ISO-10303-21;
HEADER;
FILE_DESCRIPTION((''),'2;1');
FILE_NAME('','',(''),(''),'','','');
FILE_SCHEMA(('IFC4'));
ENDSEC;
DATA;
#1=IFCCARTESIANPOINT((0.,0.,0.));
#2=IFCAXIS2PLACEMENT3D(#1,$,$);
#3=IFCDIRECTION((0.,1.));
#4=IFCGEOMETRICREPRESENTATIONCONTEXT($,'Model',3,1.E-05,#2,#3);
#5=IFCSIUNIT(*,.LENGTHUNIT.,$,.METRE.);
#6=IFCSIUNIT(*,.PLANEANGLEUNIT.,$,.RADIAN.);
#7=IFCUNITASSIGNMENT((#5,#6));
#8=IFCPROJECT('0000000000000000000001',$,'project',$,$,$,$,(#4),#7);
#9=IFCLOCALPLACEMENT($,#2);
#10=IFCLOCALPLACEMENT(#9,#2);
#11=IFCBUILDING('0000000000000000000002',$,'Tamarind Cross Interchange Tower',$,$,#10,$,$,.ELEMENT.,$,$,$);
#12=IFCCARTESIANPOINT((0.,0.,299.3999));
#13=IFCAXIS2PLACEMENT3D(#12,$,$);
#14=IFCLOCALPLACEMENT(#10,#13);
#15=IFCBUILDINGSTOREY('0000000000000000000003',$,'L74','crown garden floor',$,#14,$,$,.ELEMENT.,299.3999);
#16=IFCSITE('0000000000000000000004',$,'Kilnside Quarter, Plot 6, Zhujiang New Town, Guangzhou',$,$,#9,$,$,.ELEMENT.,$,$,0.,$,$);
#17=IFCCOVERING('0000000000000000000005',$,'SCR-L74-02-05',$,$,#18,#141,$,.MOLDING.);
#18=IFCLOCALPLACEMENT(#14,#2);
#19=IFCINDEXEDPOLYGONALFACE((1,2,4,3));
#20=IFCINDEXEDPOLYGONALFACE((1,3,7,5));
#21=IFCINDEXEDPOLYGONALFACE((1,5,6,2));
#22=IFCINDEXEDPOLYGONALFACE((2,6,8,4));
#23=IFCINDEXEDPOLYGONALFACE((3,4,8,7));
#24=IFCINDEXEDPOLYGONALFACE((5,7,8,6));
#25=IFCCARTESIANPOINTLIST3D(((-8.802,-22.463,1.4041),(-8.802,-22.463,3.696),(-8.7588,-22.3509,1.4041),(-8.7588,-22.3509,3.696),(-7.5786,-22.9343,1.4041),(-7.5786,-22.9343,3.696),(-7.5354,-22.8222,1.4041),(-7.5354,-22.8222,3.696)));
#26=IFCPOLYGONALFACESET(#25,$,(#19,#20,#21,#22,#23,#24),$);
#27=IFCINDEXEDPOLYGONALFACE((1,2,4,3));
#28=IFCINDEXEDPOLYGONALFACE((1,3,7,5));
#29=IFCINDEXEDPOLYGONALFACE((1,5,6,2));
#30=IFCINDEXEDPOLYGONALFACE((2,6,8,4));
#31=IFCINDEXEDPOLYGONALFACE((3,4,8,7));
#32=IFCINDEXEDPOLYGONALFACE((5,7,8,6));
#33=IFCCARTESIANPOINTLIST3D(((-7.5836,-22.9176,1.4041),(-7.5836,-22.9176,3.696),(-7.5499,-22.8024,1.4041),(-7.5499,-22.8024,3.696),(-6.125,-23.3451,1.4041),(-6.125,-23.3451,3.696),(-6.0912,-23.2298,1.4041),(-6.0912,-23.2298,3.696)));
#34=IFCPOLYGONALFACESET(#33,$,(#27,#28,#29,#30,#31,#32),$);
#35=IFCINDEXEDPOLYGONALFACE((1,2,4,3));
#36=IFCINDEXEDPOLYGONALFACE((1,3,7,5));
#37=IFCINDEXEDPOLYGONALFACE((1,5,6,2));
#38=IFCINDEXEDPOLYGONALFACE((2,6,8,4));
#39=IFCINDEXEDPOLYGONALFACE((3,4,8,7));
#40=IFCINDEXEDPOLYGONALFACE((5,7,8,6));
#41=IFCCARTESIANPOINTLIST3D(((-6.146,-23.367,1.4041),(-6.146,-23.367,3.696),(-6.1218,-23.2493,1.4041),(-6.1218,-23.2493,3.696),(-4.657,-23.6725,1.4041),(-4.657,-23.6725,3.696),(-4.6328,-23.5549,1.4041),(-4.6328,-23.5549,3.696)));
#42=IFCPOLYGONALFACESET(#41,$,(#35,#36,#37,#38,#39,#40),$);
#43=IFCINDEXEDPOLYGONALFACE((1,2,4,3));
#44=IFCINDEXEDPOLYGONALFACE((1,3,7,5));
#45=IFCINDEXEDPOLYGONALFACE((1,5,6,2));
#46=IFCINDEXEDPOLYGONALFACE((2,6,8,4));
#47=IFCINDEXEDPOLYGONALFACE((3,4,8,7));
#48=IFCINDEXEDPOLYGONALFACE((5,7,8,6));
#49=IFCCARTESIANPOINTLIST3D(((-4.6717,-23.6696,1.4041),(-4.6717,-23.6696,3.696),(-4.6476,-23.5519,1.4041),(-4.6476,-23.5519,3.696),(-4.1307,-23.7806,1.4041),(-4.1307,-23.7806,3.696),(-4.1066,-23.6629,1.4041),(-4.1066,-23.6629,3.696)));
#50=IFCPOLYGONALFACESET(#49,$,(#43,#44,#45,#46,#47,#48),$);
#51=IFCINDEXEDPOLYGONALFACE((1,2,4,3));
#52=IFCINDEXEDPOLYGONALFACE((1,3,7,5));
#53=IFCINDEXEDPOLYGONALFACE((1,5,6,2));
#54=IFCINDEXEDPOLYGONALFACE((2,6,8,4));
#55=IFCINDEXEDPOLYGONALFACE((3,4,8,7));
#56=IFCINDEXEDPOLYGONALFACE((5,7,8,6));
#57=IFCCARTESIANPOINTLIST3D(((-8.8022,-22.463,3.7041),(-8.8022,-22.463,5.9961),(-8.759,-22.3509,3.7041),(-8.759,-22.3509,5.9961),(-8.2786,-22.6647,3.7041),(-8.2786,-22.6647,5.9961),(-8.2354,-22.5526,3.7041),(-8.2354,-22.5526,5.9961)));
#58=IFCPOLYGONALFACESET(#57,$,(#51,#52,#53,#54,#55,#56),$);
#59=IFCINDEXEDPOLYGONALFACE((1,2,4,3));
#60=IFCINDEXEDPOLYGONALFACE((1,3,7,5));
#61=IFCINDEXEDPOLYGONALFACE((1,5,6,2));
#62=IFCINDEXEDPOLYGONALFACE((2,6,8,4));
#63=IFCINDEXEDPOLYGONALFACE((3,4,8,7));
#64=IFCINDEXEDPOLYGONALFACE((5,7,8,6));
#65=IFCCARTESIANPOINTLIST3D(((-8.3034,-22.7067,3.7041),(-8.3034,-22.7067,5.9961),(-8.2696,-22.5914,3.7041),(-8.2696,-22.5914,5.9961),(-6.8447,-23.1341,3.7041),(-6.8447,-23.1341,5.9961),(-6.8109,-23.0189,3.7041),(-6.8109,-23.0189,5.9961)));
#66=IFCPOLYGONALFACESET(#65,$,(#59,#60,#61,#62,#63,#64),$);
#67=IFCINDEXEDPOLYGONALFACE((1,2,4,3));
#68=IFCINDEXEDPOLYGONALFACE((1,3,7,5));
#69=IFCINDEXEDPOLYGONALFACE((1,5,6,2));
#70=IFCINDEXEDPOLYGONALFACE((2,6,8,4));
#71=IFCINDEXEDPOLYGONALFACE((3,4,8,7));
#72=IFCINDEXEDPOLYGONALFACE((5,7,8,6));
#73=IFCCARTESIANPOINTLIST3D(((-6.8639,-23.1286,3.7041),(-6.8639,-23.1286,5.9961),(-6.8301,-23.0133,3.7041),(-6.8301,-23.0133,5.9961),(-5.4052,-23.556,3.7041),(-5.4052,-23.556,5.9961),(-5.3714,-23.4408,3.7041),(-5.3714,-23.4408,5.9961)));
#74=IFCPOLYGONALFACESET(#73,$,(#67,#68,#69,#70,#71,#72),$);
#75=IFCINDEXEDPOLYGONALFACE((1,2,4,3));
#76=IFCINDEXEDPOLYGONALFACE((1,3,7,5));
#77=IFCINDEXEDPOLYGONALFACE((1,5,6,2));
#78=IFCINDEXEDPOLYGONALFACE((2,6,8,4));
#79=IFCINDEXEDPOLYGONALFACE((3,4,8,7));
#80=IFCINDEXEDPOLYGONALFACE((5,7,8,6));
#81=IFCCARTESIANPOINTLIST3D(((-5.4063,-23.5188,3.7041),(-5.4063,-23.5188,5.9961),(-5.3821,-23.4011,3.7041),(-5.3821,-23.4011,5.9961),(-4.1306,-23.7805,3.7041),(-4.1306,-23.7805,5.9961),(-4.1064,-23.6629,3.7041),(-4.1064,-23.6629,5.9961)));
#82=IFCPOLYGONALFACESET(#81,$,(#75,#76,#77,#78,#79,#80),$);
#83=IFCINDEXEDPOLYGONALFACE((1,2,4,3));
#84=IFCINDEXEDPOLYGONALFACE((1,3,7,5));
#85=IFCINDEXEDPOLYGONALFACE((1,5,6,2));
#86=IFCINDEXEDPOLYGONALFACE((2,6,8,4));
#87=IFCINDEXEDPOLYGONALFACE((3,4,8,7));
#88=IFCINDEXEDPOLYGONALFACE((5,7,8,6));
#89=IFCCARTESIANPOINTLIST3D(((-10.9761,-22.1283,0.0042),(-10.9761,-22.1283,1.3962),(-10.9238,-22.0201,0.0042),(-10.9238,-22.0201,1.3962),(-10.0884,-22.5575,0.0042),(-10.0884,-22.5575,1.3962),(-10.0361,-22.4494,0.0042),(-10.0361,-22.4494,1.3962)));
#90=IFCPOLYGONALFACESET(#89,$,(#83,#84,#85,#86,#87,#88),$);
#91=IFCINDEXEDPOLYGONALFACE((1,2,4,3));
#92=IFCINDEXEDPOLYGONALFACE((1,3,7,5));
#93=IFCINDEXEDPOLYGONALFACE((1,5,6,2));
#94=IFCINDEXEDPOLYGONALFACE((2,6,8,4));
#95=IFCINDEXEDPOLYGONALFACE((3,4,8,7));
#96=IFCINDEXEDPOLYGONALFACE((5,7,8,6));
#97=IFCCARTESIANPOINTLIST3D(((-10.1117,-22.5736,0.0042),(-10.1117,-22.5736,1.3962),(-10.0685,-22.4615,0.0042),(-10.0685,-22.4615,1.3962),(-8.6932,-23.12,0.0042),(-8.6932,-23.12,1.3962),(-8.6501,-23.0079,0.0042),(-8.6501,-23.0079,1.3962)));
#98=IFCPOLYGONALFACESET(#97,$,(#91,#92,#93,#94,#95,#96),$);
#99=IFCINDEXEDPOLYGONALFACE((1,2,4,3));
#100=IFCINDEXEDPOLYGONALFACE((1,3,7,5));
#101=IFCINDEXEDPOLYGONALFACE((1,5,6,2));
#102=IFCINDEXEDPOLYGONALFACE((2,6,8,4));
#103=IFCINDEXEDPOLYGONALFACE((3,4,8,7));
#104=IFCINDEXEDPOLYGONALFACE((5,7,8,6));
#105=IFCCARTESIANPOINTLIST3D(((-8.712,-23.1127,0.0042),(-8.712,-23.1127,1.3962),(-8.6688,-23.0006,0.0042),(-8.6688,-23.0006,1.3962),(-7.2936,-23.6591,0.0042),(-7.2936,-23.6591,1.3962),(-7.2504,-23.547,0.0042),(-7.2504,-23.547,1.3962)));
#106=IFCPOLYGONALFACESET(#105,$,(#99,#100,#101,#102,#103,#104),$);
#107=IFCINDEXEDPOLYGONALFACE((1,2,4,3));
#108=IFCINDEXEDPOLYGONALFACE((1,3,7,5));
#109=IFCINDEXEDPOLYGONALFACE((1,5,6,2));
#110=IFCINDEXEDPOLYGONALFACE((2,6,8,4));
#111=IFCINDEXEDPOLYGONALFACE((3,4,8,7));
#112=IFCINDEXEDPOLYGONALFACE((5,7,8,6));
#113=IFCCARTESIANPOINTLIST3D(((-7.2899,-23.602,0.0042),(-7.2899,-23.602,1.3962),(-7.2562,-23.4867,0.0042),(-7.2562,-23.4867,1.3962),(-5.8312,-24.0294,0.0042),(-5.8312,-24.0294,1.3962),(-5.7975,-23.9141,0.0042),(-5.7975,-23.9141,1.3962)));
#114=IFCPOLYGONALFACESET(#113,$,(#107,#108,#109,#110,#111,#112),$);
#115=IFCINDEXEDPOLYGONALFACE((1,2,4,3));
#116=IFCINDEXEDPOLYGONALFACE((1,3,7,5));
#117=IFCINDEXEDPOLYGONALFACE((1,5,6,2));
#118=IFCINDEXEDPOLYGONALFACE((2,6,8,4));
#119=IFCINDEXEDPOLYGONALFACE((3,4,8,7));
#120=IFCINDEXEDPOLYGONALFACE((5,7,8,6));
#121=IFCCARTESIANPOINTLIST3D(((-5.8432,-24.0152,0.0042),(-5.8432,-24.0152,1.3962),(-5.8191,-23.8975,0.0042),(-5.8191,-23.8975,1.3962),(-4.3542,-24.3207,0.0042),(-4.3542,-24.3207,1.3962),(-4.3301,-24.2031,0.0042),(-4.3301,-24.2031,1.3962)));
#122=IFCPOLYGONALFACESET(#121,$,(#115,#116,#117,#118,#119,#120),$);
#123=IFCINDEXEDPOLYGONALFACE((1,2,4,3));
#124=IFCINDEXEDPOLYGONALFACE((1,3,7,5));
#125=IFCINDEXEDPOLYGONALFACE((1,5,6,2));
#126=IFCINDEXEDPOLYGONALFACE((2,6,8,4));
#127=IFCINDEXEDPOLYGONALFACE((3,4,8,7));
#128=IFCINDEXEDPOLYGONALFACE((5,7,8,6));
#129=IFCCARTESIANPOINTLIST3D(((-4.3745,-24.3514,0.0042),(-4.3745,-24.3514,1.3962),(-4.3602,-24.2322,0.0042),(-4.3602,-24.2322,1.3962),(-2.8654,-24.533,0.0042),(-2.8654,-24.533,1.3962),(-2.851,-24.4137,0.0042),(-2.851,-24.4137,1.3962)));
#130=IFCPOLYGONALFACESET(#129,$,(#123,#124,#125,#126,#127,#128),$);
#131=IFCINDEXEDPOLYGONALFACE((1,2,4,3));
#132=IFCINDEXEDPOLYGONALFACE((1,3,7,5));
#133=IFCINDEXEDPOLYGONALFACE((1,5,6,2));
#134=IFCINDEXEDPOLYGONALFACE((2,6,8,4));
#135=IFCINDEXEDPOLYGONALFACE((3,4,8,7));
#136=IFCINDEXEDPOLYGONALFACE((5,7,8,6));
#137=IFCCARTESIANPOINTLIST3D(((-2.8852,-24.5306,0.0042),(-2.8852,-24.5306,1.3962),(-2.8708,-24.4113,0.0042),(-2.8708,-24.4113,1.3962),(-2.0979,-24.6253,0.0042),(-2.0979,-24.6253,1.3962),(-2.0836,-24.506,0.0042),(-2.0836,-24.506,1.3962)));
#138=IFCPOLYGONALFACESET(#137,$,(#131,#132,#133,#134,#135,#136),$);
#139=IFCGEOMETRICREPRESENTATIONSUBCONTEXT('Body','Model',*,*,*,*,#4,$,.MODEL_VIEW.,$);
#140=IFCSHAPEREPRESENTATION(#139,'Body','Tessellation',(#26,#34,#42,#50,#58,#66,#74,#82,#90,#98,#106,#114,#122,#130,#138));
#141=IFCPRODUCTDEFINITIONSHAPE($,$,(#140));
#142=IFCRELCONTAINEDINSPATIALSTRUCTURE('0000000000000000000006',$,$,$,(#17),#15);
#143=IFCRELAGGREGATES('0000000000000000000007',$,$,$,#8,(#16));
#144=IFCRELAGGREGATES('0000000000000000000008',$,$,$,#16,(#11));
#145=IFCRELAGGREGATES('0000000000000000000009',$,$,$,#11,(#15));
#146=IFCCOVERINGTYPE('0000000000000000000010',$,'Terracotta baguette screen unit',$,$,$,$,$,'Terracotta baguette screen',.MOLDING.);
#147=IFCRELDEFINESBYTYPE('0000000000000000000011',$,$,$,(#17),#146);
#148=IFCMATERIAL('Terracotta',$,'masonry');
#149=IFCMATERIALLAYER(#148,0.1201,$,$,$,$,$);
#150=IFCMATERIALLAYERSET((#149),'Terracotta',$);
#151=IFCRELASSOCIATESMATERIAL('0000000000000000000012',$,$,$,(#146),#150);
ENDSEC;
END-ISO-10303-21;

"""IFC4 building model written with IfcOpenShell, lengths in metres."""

from ifc_helpers import new_model, si_unit, direction, frame, origin, origin_2d, place, context, subcontext, project, spatial, rectangle, extrude, material, layer, layer_set, type_object, element, save


model = new_model("IFC4")

# Units and contexts
model_context = context("Model", 3, precision=1e-05, world=origin(), true_north=direction((0.0, 1.0)))
body_context = subcontext(model_context, "Body", "Model", "MODEL_VIEW")
ifc_project = project(units=[si_unit("LENGTHUNIT", "METRE"), si_unit("PLANEANGLEUNIT", "RADIAN")], contexts=[model_context])

# Site, building, storey
site_placement = place(None, origin())
site = spatial("IfcSite", under=ifc_project, at=site_placement, Name="Kilnside Quarter, Plot 6, Zhujiang New Town, Guangzhou", CompositionType="ELEMENT", RefElevation=0.0)
building_placement = place(site_placement, origin())
building = spatial("IfcBuilding", under=site, at=building_placement, Name="Tamarind Cross Interchange Tower", CompositionType="ELEMENT")
storey_placement = place(building_placement, frame((0.0, 0.0, 299.3999)))
storey = spatial("IfcBuildingStorey", under=building, at=storey_placement, Name="L74", Description="crown garden floor", CompositionType="ELEMENT", Elevation=299.3999)

# Covering
ifc_material_1 = material(Name="Terracotta", Category="masonry")
ifc_layer_1 = layer(ifc_material_1, 0.1201)
ifc_layer_set_1 = layer_set([ifc_layer_1], Name="Terracotta")
covering_type = type_object("IfcCoveringType", Name="Terracotta baguette screen unit", ElementType="Terracotta baguette screen", PredefinedType="MOLDING", material=ifc_layer_set_1)
covering_1_placement = place(storey_placement, origin())
element("IfcCovering", 1, at=covering_1_placement, inside=storey, type_object=covering_type, Name="SCR-L74-02-05", PredefinedType="MOLDING", context=body_context, shape_type="SweptSolid", body=[
    extrude(rectangle(XDim=1.311, YDim=0.1201, at=origin_2d()), frame((-8.1687, -22.6426, 1.4041), z_axis=(0.0, 0.0, 1.0), x_axis=(0.933147, -0.359495, 0.0)), (0.0, 0.0, 1.0), 2.292),
    extrude(rectangle(XDim=1.52, YDim=0.1201, at=origin_2d()), frame((-6.8374, -23.0737, 1.4041), z_axis=(0.0, 0.0, 1.0), x_axis=(0.959647, -0.281209, 0.0)), (0.0, 0.0, 1.0), 2.292),
    extrude(rectangle(XDim=1.52, YDim=0.1201, at=origin_2d()), frame((-5.3894, -23.4609, 1.4041), z_axis=(0.0, 0.0, 1.0), x_axis=(0.979591, -0.201001, 0.0)), (0.0, 0.0, 1.0), 2.292),
    extrude(rectangle(XDim=0.5522, YDim=0.1201, at=origin_2d()), frame((-4.3892, -23.6663, 1.4041), z_axis=(0.0, 0.0, 1.0), x_axis=(0.979591, -0.201001, 0.0)), (0.0, 0.0, 1.0), 2.292),
    extrude(rectangle(XDim=0.561, YDim=0.1201, at=origin_2d()), frame((-8.5188, -22.5078, 3.7041), z_axis=(0.0, 0.0, 1.0), x_axis=(0.933147, -0.359495, 0.0)), (0.0, 0.0, 1.0), 2.292),
    extrude(rectangle(XDim=1.52, YDim=0.1201, at=origin_2d()), frame((-7.5571, -22.8628, 3.7041), z_axis=(0.0, 0.0, 1.0), x_axis=(0.959647, -0.281209, 0.0)), (0.0, 0.0, 1.0), 2.292),
    extrude(rectangle(XDim=1.52, YDim=0.1201, at=origin_2d()), frame((-6.1177, -23.2847, 3.7041), z_axis=(0.0, 0.0, 1.0), x_axis=(0.959647, -0.281209, 0.0)), (0.0, 0.0, 1.0), 2.292),
    extrude(rectangle(XDim=1.3022, YDim=0.1201, at=origin_2d()), frame((-4.7563, -23.5908, 3.7041), z_axis=(0.0, 0.0, 1.0), x_axis=(0.979591, -0.201001, 0.0)), (0.0, 0.0, 1.0), 2.292),
    extrude(rectangle(XDim=0.9861, YDim=0.1201, at=origin_2d()), frame((-10.5061, -22.2888, 0.0042), z_axis=(0.0, 0.0, 1.0), x_axis=(0.900273, -0.435326, 0.0)), (0.0, 0.0, 1.0), 1.3921),
    extrude(rectangle(XDim=1.52, YDim=0.1201, at=origin_2d()), frame((-9.3809, -22.7908, 0.0042), z_axis=(0.0, 0.0, 1.0), x_axis=(0.933147, -0.359495, 0.0)), (0.0, 0.0, 1.0), 1.3921),
    extrude(rectangle(XDim=1.52, YDim=0.1201, at=origin_2d()), frame((-7.9812, -23.3298, 0.0042), z_axis=(0.0, 0.0, 1.0), x_axis=(0.933147, -0.359495, 0.0)), (0.0, 0.0, 1.0), 1.3921),
    extrude(rectangle(XDim=1.52, YDim=0.1201, at=origin_2d()), frame((-6.5437, -23.7581, 0.0042), z_axis=(0.0, 0.0, 1.0), x_axis=(0.959647, -0.281209, 0.0)), (0.0, 0.0, 1.0), 1.3921),
    extrude(rectangle(XDim=1.52, YDim=0.1201, at=origin_2d()), frame((-5.0867, -24.1091, 0.0042), z_axis=(0.0, 0.0, 1.0), x_axis=(0.979591, -0.201001, 0.0)), (0.0, 0.0, 1.0), 1.3921),
    extrude(rectangle(XDim=1.52, YDim=0.1201, at=origin_2d()), frame((-3.6128, -24.3826, 0.0042), z_axis=(0.0, 0.0, 1.0), x_axis=(0.992844, -0.119421, 0.0)), (0.0, 0.0, 1.0), 1.3921),
    extrude(rectangle(XDim=0.793, YDim=0.1201, at=origin_2d()), frame((-2.4844, -24.5183, 0.0042), z_axis=(0.0, 0.0, 1.0), x_axis=(0.992844, -0.119421, 0.0)), (0.0, 0.0, 1.0), 1.3921),
])

save(model, "model.ifc")
